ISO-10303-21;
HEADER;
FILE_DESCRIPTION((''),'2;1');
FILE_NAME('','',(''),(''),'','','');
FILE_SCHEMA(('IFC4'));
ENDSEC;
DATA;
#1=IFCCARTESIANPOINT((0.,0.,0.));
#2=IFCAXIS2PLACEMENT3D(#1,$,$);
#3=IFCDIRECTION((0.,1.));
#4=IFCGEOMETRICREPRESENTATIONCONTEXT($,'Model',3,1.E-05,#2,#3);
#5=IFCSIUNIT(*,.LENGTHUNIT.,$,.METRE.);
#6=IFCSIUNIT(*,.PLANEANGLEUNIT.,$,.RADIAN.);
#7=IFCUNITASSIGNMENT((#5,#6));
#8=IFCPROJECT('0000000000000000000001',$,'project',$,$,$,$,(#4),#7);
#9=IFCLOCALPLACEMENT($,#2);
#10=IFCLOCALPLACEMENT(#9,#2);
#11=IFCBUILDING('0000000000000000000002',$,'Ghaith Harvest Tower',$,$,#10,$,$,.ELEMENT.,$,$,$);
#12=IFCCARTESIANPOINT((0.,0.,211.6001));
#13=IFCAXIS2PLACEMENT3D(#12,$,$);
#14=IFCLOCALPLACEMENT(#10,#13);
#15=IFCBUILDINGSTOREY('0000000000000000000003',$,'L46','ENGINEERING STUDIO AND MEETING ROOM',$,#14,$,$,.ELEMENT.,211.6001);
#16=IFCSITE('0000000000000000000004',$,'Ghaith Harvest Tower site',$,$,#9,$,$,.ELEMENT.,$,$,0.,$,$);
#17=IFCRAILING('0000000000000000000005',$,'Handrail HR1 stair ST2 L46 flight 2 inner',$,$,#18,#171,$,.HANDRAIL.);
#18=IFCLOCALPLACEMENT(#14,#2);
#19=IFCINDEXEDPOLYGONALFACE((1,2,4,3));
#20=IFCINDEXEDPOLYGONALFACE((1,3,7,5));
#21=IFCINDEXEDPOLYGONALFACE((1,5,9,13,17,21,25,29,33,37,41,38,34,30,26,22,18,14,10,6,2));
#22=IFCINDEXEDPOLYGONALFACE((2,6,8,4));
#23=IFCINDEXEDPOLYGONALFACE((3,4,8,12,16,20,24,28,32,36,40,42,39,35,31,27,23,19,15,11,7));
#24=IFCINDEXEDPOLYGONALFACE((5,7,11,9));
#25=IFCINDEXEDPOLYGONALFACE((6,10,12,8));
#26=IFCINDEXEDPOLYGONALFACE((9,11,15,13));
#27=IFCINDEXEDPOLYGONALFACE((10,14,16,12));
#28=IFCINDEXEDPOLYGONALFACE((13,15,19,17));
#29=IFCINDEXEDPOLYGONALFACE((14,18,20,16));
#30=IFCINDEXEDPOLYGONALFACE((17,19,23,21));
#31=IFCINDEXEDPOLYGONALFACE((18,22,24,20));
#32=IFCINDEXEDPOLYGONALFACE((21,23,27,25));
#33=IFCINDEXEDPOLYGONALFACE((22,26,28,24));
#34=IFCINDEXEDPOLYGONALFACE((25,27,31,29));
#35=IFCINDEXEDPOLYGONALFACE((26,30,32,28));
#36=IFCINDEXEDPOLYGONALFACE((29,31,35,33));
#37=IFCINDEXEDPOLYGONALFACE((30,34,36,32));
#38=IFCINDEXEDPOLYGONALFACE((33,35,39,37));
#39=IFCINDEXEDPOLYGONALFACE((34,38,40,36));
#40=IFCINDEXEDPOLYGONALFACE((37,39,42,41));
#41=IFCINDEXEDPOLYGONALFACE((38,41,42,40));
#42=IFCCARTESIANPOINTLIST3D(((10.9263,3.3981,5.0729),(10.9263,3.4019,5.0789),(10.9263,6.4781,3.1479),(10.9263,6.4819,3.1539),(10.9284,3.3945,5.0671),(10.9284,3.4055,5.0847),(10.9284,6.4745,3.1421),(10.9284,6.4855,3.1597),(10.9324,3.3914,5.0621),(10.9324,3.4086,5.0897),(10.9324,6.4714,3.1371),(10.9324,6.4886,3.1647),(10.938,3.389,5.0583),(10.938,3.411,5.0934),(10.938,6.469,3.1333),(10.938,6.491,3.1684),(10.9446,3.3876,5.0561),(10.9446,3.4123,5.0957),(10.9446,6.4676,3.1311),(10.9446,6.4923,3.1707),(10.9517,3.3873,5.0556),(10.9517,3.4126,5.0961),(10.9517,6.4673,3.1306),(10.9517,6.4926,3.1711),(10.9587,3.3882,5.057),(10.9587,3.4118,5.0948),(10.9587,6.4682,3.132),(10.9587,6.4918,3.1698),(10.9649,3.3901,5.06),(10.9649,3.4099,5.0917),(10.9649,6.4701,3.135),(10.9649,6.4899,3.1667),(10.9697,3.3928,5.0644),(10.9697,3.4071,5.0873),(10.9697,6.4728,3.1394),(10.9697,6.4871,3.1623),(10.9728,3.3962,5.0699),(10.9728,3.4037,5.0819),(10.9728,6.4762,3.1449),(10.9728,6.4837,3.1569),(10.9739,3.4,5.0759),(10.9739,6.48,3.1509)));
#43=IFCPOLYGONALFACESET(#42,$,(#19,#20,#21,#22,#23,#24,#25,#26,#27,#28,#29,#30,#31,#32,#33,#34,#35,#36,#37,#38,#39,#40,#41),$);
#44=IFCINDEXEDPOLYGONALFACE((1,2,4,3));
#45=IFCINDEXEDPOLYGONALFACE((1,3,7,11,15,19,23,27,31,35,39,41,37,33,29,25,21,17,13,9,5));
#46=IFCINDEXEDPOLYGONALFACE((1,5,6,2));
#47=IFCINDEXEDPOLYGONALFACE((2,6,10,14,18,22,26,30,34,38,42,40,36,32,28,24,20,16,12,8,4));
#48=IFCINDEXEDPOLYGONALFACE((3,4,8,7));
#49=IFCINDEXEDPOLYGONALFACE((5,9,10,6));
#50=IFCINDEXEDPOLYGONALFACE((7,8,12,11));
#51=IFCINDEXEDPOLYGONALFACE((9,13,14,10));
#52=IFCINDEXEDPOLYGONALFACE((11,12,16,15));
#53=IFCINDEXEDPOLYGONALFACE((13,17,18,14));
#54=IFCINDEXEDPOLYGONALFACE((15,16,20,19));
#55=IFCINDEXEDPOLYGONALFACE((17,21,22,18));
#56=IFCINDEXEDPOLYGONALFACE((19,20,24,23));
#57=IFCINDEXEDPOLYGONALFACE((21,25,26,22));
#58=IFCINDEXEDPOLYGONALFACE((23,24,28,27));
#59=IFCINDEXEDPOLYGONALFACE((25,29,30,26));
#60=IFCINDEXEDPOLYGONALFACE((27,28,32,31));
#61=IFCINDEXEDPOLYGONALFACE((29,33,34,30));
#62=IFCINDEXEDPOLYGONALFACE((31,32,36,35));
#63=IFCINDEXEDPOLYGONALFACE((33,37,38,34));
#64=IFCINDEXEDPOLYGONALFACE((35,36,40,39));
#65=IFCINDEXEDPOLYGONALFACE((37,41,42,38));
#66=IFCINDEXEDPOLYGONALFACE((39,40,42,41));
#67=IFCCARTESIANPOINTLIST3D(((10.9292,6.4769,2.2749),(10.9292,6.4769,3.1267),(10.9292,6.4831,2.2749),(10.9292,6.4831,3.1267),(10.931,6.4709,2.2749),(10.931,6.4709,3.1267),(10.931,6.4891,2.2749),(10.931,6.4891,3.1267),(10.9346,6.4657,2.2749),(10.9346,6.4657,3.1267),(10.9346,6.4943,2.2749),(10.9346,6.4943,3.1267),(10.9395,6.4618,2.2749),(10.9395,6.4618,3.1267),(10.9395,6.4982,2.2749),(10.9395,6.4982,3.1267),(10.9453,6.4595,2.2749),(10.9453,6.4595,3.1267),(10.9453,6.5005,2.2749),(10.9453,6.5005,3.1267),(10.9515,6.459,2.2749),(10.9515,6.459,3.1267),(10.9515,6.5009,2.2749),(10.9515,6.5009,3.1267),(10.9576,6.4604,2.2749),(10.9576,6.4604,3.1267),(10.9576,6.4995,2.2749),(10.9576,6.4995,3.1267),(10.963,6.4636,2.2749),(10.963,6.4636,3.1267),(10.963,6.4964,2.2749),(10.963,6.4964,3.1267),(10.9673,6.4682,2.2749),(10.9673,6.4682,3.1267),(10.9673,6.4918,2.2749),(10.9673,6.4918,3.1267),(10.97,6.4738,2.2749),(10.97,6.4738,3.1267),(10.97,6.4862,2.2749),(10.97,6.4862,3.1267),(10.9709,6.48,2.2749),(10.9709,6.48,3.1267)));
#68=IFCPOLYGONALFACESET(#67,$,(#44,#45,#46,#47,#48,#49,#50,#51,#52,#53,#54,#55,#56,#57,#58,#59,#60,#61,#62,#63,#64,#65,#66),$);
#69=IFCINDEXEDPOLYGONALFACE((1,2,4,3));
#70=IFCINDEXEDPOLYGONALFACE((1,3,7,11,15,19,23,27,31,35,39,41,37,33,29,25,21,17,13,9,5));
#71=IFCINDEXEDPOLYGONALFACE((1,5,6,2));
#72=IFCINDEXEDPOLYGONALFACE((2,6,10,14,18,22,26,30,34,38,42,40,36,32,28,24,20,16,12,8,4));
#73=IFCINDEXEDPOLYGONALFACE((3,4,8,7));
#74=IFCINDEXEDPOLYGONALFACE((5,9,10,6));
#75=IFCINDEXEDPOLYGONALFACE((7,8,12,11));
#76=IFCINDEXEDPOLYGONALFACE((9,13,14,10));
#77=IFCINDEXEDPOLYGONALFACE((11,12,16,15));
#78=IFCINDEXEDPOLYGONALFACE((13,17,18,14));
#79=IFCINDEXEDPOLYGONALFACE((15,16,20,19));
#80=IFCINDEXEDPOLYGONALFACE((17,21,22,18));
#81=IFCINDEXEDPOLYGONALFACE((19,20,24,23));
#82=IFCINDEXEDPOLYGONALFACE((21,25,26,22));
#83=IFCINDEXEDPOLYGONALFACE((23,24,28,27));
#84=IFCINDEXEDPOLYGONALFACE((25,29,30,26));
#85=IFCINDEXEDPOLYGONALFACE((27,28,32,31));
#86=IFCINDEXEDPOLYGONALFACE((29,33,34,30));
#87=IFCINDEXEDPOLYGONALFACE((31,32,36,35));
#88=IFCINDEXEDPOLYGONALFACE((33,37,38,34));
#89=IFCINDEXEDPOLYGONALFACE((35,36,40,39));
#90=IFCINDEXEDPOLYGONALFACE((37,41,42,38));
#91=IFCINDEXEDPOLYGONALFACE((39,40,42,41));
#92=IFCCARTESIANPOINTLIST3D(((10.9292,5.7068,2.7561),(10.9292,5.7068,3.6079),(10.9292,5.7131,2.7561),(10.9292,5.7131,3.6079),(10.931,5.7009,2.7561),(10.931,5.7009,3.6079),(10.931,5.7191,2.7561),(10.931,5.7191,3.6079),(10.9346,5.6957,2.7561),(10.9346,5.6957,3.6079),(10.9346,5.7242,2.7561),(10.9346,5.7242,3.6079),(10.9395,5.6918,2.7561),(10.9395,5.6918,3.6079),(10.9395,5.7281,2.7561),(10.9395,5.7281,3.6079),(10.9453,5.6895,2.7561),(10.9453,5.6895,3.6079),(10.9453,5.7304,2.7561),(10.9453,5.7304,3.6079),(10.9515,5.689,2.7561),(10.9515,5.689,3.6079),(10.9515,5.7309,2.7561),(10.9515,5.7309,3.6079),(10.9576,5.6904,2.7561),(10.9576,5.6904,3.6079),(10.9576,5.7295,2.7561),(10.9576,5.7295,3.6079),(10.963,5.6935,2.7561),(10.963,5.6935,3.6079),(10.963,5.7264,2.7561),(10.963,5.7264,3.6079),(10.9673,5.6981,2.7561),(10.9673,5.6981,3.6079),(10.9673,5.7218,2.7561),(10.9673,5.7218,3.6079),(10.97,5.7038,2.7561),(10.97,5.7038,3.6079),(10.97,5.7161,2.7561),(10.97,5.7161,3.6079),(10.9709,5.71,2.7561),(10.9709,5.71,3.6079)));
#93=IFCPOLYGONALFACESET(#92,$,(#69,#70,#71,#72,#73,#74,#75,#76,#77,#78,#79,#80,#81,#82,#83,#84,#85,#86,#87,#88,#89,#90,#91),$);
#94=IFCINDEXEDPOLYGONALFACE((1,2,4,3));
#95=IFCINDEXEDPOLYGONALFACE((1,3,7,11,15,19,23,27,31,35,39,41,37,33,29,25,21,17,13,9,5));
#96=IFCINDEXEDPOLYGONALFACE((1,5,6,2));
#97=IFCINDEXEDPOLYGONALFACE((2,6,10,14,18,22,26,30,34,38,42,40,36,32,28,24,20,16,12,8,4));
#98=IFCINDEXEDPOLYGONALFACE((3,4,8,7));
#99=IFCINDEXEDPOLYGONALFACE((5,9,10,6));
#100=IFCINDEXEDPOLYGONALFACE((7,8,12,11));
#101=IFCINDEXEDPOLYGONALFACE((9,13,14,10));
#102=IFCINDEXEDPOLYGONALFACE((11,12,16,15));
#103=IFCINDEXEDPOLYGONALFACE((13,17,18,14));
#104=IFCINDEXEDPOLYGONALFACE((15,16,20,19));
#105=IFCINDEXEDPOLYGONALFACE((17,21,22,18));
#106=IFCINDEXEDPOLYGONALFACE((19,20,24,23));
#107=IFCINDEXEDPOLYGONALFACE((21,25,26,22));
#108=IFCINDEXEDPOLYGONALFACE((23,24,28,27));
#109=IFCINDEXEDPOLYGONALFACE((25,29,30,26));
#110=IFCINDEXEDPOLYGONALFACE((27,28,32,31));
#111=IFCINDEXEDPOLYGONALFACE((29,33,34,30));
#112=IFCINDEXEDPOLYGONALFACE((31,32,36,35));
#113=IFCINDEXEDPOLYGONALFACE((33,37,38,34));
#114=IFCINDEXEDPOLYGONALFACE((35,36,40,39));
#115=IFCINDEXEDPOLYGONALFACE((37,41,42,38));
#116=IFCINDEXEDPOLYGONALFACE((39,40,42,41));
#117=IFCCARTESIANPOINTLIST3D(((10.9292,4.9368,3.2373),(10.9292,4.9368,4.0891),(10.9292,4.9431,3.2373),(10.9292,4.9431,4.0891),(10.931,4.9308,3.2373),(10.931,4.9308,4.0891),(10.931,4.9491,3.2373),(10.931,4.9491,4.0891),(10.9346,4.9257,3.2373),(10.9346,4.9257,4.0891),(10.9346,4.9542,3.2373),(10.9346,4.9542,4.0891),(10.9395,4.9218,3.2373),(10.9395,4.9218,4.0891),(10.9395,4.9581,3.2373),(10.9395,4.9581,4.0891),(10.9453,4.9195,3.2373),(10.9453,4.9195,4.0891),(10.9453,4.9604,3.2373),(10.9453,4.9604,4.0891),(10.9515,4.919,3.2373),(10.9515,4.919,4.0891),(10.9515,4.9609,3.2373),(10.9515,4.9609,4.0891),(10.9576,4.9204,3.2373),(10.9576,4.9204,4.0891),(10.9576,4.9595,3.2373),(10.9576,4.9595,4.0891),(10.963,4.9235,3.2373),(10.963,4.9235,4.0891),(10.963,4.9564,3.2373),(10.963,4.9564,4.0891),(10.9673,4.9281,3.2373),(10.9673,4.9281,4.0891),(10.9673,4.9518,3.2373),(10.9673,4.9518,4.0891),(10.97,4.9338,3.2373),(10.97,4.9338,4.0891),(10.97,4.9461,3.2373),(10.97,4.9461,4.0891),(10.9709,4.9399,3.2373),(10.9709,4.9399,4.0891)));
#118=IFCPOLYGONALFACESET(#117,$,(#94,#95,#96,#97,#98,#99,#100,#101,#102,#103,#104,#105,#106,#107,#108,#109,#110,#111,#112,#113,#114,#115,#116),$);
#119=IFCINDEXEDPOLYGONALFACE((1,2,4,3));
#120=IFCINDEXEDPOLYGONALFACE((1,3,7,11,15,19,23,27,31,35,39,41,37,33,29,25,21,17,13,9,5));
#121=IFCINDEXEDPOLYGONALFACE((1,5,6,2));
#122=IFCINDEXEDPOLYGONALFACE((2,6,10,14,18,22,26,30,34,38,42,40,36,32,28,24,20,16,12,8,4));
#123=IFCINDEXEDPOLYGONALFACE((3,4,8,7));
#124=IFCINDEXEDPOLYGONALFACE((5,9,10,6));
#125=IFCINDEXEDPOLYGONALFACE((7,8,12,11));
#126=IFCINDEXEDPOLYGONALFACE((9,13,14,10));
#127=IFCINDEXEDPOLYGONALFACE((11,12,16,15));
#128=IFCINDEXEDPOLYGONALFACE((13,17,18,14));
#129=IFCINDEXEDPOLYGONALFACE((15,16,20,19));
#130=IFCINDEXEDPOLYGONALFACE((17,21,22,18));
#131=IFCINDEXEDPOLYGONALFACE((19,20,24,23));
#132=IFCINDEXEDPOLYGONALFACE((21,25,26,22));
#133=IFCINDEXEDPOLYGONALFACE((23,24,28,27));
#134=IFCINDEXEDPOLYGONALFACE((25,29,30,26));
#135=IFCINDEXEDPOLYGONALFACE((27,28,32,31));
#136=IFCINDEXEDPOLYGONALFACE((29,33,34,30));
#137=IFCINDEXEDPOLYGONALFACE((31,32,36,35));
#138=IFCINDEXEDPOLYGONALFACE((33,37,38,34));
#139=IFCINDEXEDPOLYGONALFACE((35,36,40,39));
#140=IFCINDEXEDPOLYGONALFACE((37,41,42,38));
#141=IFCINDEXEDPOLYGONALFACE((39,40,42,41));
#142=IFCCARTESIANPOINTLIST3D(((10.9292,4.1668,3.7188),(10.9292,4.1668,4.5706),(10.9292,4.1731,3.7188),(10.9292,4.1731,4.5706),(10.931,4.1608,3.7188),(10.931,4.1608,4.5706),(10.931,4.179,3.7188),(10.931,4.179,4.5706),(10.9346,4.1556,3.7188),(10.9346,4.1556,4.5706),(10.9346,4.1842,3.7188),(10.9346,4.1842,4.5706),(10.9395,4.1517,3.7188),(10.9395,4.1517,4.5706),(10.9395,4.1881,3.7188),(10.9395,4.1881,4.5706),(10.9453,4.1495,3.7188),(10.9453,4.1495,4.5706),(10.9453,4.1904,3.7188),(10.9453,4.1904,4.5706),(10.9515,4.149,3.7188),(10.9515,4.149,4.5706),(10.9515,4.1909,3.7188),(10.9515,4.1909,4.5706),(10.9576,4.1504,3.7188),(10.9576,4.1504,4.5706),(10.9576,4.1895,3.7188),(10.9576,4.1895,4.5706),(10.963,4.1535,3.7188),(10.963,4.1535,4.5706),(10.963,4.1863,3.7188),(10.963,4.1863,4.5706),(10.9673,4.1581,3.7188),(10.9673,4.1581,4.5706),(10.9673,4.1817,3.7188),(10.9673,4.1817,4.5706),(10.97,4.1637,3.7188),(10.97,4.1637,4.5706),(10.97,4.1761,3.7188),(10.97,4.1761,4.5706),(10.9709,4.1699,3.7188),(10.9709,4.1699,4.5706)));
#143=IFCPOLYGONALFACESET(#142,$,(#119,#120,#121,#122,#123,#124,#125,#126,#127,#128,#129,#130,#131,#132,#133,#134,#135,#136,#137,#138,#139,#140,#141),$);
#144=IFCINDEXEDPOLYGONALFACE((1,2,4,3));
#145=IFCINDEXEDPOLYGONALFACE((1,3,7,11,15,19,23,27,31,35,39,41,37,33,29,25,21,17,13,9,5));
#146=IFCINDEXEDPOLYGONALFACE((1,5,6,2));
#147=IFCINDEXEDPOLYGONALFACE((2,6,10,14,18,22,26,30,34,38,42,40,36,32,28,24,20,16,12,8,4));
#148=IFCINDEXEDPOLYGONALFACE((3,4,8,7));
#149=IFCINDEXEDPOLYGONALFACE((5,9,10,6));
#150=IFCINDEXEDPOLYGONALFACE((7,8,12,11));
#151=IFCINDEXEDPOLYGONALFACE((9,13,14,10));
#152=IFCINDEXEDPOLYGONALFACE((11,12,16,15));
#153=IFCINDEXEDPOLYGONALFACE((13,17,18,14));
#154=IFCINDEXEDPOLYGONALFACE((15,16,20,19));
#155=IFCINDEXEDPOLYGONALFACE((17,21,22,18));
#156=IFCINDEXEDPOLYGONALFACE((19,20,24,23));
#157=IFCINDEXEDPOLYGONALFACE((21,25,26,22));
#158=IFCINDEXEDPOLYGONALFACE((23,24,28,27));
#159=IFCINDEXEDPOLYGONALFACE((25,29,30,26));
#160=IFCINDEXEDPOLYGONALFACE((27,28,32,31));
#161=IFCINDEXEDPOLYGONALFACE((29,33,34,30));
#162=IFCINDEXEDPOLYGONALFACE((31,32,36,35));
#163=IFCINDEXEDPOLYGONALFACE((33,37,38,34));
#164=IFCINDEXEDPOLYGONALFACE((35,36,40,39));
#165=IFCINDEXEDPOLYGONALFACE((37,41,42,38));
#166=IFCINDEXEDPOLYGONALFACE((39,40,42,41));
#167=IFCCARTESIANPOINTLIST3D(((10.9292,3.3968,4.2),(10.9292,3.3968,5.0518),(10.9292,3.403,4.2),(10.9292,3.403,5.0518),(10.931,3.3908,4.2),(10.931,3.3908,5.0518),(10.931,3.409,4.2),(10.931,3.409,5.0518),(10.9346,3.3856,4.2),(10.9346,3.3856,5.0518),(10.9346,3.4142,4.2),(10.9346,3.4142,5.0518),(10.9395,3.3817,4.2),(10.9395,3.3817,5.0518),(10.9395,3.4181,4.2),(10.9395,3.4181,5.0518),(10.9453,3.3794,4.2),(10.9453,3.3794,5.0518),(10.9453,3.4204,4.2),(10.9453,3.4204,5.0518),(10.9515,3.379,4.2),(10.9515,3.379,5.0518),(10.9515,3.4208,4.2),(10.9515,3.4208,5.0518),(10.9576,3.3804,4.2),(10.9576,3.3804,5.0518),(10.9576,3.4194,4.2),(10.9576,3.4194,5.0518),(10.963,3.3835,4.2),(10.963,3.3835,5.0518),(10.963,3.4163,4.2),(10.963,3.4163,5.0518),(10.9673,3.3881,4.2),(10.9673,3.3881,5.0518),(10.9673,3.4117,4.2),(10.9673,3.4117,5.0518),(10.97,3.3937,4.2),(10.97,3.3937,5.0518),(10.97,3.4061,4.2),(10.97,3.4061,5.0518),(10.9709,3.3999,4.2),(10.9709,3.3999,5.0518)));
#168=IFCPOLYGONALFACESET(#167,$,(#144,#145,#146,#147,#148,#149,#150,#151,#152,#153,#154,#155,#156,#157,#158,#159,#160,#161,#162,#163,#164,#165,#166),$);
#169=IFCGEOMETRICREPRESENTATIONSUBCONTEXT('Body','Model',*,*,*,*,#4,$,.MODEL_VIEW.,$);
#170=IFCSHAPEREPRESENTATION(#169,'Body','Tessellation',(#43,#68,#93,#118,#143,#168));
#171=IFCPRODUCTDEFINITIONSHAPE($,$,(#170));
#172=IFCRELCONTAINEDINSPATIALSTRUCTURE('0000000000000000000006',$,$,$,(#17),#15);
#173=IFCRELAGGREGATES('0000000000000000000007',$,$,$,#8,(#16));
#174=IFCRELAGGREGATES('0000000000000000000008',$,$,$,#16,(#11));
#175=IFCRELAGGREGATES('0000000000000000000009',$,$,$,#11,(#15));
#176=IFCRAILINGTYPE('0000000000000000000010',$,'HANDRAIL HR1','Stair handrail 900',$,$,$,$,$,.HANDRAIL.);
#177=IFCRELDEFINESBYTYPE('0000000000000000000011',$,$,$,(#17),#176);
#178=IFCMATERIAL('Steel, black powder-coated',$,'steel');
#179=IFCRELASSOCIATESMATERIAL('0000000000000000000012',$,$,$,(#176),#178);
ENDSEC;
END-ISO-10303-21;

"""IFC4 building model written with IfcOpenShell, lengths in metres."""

from ifc_helpers import new_model, si_unit, direction, frame, origin, origin_2d, place, context, subcontext, project, spatial, circle, extrude, material, type_object, element, save


model = new_model("IFC4")

# Units and contexts
model_context = context("Model", 3, precision=1e-05, world=origin(), true_north=direction((0.0, 1.0)))
body_context = subcontext(model_context, "Body", "Model", "MODEL_VIEW")
ifc_project = project(units=[si_unit("LENGTHUNIT", "METRE"), si_unit("PLANEANGLEUNIT", "RADIAN")], contexts=[model_context])

# Site, building, storey
site_placement = place(None, origin())
site = spatial("IfcSite", under=ifc_project, at=site_placement, Name="Ghaith Harvest Tower site", CompositionType="ELEMENT", RefElevation=0.0)
building_placement = place(site_placement, origin())
building = spatial("IfcBuilding", under=site, at=building_placement, Name="Ghaith Harvest Tower", CompositionType="ELEMENT")
storey_placement = place(building_placement, frame((0.0, 0.0, 211.6001)))
storey = spatial("IfcBuildingStorey", under=building, at=storey_placement, Name="L46", Description="ENGINEERING STUDIO AND MEETING ROOM", CompositionType="ELEMENT", Elevation=211.6001)

# Railing
ifc_material_1 = material(Name="Steel, black powder-coated", Category="steel")
railing_type = type_object("IfcRailingType", Name="HANDRAIL HR1", Description="Stair handrail 900", PredefinedType="HANDRAIL", material=ifc_material_1)
railing_1_placement = place(storey_placement, frame((10.95, 6.48, 2.2749)))
element("IfcRailing", 1, at=railing_1_placement, inside=storey, type_object=railing_type, Name="Handrail HR1 stair ST2 L46 flight 2 inner", PredefinedType="HANDRAIL", context=body_context, shape_type="SweptSolid", body=[
    extrude(circle(Radius=0.0239, at=origin_2d()), frame((0.0, 0.0, 0.876), z_axis=(0.0, -0.847998, 0.529999), x_axis=(1.0, 0.0, 0.0)), (0.0, 0.0, 1.0), 3.6321),
    extrude(circle(Radius=0.021, at=origin_2d()), origin(), (0.0, 0.0, 1.0), 0.8518),
    extrude(circle(Radius=0.021, at=origin_2d()), frame((0.0, -0.77, 0.4812)), (0.0, 0.0, 1.0), 0.8518),
    extrude(circle(Radius=0.021, at=origin_2d()), frame((0.0, -1.54, 0.9624)), (0.0, 0.0, 1.0), 0.8518),
    extrude(circle(Radius=0.021, at=origin_2d()), frame((0.0, -2.3101, 1.4438)), (0.0, 0.0, 1.0), 0.8518),
    extrude(circle(Radius=0.021, at=origin_2d()), frame((0.0, -3.0801, 1.925)), (0.0, 0.0, 1.0), 0.8518),
])

save(model, "model.ifc")
